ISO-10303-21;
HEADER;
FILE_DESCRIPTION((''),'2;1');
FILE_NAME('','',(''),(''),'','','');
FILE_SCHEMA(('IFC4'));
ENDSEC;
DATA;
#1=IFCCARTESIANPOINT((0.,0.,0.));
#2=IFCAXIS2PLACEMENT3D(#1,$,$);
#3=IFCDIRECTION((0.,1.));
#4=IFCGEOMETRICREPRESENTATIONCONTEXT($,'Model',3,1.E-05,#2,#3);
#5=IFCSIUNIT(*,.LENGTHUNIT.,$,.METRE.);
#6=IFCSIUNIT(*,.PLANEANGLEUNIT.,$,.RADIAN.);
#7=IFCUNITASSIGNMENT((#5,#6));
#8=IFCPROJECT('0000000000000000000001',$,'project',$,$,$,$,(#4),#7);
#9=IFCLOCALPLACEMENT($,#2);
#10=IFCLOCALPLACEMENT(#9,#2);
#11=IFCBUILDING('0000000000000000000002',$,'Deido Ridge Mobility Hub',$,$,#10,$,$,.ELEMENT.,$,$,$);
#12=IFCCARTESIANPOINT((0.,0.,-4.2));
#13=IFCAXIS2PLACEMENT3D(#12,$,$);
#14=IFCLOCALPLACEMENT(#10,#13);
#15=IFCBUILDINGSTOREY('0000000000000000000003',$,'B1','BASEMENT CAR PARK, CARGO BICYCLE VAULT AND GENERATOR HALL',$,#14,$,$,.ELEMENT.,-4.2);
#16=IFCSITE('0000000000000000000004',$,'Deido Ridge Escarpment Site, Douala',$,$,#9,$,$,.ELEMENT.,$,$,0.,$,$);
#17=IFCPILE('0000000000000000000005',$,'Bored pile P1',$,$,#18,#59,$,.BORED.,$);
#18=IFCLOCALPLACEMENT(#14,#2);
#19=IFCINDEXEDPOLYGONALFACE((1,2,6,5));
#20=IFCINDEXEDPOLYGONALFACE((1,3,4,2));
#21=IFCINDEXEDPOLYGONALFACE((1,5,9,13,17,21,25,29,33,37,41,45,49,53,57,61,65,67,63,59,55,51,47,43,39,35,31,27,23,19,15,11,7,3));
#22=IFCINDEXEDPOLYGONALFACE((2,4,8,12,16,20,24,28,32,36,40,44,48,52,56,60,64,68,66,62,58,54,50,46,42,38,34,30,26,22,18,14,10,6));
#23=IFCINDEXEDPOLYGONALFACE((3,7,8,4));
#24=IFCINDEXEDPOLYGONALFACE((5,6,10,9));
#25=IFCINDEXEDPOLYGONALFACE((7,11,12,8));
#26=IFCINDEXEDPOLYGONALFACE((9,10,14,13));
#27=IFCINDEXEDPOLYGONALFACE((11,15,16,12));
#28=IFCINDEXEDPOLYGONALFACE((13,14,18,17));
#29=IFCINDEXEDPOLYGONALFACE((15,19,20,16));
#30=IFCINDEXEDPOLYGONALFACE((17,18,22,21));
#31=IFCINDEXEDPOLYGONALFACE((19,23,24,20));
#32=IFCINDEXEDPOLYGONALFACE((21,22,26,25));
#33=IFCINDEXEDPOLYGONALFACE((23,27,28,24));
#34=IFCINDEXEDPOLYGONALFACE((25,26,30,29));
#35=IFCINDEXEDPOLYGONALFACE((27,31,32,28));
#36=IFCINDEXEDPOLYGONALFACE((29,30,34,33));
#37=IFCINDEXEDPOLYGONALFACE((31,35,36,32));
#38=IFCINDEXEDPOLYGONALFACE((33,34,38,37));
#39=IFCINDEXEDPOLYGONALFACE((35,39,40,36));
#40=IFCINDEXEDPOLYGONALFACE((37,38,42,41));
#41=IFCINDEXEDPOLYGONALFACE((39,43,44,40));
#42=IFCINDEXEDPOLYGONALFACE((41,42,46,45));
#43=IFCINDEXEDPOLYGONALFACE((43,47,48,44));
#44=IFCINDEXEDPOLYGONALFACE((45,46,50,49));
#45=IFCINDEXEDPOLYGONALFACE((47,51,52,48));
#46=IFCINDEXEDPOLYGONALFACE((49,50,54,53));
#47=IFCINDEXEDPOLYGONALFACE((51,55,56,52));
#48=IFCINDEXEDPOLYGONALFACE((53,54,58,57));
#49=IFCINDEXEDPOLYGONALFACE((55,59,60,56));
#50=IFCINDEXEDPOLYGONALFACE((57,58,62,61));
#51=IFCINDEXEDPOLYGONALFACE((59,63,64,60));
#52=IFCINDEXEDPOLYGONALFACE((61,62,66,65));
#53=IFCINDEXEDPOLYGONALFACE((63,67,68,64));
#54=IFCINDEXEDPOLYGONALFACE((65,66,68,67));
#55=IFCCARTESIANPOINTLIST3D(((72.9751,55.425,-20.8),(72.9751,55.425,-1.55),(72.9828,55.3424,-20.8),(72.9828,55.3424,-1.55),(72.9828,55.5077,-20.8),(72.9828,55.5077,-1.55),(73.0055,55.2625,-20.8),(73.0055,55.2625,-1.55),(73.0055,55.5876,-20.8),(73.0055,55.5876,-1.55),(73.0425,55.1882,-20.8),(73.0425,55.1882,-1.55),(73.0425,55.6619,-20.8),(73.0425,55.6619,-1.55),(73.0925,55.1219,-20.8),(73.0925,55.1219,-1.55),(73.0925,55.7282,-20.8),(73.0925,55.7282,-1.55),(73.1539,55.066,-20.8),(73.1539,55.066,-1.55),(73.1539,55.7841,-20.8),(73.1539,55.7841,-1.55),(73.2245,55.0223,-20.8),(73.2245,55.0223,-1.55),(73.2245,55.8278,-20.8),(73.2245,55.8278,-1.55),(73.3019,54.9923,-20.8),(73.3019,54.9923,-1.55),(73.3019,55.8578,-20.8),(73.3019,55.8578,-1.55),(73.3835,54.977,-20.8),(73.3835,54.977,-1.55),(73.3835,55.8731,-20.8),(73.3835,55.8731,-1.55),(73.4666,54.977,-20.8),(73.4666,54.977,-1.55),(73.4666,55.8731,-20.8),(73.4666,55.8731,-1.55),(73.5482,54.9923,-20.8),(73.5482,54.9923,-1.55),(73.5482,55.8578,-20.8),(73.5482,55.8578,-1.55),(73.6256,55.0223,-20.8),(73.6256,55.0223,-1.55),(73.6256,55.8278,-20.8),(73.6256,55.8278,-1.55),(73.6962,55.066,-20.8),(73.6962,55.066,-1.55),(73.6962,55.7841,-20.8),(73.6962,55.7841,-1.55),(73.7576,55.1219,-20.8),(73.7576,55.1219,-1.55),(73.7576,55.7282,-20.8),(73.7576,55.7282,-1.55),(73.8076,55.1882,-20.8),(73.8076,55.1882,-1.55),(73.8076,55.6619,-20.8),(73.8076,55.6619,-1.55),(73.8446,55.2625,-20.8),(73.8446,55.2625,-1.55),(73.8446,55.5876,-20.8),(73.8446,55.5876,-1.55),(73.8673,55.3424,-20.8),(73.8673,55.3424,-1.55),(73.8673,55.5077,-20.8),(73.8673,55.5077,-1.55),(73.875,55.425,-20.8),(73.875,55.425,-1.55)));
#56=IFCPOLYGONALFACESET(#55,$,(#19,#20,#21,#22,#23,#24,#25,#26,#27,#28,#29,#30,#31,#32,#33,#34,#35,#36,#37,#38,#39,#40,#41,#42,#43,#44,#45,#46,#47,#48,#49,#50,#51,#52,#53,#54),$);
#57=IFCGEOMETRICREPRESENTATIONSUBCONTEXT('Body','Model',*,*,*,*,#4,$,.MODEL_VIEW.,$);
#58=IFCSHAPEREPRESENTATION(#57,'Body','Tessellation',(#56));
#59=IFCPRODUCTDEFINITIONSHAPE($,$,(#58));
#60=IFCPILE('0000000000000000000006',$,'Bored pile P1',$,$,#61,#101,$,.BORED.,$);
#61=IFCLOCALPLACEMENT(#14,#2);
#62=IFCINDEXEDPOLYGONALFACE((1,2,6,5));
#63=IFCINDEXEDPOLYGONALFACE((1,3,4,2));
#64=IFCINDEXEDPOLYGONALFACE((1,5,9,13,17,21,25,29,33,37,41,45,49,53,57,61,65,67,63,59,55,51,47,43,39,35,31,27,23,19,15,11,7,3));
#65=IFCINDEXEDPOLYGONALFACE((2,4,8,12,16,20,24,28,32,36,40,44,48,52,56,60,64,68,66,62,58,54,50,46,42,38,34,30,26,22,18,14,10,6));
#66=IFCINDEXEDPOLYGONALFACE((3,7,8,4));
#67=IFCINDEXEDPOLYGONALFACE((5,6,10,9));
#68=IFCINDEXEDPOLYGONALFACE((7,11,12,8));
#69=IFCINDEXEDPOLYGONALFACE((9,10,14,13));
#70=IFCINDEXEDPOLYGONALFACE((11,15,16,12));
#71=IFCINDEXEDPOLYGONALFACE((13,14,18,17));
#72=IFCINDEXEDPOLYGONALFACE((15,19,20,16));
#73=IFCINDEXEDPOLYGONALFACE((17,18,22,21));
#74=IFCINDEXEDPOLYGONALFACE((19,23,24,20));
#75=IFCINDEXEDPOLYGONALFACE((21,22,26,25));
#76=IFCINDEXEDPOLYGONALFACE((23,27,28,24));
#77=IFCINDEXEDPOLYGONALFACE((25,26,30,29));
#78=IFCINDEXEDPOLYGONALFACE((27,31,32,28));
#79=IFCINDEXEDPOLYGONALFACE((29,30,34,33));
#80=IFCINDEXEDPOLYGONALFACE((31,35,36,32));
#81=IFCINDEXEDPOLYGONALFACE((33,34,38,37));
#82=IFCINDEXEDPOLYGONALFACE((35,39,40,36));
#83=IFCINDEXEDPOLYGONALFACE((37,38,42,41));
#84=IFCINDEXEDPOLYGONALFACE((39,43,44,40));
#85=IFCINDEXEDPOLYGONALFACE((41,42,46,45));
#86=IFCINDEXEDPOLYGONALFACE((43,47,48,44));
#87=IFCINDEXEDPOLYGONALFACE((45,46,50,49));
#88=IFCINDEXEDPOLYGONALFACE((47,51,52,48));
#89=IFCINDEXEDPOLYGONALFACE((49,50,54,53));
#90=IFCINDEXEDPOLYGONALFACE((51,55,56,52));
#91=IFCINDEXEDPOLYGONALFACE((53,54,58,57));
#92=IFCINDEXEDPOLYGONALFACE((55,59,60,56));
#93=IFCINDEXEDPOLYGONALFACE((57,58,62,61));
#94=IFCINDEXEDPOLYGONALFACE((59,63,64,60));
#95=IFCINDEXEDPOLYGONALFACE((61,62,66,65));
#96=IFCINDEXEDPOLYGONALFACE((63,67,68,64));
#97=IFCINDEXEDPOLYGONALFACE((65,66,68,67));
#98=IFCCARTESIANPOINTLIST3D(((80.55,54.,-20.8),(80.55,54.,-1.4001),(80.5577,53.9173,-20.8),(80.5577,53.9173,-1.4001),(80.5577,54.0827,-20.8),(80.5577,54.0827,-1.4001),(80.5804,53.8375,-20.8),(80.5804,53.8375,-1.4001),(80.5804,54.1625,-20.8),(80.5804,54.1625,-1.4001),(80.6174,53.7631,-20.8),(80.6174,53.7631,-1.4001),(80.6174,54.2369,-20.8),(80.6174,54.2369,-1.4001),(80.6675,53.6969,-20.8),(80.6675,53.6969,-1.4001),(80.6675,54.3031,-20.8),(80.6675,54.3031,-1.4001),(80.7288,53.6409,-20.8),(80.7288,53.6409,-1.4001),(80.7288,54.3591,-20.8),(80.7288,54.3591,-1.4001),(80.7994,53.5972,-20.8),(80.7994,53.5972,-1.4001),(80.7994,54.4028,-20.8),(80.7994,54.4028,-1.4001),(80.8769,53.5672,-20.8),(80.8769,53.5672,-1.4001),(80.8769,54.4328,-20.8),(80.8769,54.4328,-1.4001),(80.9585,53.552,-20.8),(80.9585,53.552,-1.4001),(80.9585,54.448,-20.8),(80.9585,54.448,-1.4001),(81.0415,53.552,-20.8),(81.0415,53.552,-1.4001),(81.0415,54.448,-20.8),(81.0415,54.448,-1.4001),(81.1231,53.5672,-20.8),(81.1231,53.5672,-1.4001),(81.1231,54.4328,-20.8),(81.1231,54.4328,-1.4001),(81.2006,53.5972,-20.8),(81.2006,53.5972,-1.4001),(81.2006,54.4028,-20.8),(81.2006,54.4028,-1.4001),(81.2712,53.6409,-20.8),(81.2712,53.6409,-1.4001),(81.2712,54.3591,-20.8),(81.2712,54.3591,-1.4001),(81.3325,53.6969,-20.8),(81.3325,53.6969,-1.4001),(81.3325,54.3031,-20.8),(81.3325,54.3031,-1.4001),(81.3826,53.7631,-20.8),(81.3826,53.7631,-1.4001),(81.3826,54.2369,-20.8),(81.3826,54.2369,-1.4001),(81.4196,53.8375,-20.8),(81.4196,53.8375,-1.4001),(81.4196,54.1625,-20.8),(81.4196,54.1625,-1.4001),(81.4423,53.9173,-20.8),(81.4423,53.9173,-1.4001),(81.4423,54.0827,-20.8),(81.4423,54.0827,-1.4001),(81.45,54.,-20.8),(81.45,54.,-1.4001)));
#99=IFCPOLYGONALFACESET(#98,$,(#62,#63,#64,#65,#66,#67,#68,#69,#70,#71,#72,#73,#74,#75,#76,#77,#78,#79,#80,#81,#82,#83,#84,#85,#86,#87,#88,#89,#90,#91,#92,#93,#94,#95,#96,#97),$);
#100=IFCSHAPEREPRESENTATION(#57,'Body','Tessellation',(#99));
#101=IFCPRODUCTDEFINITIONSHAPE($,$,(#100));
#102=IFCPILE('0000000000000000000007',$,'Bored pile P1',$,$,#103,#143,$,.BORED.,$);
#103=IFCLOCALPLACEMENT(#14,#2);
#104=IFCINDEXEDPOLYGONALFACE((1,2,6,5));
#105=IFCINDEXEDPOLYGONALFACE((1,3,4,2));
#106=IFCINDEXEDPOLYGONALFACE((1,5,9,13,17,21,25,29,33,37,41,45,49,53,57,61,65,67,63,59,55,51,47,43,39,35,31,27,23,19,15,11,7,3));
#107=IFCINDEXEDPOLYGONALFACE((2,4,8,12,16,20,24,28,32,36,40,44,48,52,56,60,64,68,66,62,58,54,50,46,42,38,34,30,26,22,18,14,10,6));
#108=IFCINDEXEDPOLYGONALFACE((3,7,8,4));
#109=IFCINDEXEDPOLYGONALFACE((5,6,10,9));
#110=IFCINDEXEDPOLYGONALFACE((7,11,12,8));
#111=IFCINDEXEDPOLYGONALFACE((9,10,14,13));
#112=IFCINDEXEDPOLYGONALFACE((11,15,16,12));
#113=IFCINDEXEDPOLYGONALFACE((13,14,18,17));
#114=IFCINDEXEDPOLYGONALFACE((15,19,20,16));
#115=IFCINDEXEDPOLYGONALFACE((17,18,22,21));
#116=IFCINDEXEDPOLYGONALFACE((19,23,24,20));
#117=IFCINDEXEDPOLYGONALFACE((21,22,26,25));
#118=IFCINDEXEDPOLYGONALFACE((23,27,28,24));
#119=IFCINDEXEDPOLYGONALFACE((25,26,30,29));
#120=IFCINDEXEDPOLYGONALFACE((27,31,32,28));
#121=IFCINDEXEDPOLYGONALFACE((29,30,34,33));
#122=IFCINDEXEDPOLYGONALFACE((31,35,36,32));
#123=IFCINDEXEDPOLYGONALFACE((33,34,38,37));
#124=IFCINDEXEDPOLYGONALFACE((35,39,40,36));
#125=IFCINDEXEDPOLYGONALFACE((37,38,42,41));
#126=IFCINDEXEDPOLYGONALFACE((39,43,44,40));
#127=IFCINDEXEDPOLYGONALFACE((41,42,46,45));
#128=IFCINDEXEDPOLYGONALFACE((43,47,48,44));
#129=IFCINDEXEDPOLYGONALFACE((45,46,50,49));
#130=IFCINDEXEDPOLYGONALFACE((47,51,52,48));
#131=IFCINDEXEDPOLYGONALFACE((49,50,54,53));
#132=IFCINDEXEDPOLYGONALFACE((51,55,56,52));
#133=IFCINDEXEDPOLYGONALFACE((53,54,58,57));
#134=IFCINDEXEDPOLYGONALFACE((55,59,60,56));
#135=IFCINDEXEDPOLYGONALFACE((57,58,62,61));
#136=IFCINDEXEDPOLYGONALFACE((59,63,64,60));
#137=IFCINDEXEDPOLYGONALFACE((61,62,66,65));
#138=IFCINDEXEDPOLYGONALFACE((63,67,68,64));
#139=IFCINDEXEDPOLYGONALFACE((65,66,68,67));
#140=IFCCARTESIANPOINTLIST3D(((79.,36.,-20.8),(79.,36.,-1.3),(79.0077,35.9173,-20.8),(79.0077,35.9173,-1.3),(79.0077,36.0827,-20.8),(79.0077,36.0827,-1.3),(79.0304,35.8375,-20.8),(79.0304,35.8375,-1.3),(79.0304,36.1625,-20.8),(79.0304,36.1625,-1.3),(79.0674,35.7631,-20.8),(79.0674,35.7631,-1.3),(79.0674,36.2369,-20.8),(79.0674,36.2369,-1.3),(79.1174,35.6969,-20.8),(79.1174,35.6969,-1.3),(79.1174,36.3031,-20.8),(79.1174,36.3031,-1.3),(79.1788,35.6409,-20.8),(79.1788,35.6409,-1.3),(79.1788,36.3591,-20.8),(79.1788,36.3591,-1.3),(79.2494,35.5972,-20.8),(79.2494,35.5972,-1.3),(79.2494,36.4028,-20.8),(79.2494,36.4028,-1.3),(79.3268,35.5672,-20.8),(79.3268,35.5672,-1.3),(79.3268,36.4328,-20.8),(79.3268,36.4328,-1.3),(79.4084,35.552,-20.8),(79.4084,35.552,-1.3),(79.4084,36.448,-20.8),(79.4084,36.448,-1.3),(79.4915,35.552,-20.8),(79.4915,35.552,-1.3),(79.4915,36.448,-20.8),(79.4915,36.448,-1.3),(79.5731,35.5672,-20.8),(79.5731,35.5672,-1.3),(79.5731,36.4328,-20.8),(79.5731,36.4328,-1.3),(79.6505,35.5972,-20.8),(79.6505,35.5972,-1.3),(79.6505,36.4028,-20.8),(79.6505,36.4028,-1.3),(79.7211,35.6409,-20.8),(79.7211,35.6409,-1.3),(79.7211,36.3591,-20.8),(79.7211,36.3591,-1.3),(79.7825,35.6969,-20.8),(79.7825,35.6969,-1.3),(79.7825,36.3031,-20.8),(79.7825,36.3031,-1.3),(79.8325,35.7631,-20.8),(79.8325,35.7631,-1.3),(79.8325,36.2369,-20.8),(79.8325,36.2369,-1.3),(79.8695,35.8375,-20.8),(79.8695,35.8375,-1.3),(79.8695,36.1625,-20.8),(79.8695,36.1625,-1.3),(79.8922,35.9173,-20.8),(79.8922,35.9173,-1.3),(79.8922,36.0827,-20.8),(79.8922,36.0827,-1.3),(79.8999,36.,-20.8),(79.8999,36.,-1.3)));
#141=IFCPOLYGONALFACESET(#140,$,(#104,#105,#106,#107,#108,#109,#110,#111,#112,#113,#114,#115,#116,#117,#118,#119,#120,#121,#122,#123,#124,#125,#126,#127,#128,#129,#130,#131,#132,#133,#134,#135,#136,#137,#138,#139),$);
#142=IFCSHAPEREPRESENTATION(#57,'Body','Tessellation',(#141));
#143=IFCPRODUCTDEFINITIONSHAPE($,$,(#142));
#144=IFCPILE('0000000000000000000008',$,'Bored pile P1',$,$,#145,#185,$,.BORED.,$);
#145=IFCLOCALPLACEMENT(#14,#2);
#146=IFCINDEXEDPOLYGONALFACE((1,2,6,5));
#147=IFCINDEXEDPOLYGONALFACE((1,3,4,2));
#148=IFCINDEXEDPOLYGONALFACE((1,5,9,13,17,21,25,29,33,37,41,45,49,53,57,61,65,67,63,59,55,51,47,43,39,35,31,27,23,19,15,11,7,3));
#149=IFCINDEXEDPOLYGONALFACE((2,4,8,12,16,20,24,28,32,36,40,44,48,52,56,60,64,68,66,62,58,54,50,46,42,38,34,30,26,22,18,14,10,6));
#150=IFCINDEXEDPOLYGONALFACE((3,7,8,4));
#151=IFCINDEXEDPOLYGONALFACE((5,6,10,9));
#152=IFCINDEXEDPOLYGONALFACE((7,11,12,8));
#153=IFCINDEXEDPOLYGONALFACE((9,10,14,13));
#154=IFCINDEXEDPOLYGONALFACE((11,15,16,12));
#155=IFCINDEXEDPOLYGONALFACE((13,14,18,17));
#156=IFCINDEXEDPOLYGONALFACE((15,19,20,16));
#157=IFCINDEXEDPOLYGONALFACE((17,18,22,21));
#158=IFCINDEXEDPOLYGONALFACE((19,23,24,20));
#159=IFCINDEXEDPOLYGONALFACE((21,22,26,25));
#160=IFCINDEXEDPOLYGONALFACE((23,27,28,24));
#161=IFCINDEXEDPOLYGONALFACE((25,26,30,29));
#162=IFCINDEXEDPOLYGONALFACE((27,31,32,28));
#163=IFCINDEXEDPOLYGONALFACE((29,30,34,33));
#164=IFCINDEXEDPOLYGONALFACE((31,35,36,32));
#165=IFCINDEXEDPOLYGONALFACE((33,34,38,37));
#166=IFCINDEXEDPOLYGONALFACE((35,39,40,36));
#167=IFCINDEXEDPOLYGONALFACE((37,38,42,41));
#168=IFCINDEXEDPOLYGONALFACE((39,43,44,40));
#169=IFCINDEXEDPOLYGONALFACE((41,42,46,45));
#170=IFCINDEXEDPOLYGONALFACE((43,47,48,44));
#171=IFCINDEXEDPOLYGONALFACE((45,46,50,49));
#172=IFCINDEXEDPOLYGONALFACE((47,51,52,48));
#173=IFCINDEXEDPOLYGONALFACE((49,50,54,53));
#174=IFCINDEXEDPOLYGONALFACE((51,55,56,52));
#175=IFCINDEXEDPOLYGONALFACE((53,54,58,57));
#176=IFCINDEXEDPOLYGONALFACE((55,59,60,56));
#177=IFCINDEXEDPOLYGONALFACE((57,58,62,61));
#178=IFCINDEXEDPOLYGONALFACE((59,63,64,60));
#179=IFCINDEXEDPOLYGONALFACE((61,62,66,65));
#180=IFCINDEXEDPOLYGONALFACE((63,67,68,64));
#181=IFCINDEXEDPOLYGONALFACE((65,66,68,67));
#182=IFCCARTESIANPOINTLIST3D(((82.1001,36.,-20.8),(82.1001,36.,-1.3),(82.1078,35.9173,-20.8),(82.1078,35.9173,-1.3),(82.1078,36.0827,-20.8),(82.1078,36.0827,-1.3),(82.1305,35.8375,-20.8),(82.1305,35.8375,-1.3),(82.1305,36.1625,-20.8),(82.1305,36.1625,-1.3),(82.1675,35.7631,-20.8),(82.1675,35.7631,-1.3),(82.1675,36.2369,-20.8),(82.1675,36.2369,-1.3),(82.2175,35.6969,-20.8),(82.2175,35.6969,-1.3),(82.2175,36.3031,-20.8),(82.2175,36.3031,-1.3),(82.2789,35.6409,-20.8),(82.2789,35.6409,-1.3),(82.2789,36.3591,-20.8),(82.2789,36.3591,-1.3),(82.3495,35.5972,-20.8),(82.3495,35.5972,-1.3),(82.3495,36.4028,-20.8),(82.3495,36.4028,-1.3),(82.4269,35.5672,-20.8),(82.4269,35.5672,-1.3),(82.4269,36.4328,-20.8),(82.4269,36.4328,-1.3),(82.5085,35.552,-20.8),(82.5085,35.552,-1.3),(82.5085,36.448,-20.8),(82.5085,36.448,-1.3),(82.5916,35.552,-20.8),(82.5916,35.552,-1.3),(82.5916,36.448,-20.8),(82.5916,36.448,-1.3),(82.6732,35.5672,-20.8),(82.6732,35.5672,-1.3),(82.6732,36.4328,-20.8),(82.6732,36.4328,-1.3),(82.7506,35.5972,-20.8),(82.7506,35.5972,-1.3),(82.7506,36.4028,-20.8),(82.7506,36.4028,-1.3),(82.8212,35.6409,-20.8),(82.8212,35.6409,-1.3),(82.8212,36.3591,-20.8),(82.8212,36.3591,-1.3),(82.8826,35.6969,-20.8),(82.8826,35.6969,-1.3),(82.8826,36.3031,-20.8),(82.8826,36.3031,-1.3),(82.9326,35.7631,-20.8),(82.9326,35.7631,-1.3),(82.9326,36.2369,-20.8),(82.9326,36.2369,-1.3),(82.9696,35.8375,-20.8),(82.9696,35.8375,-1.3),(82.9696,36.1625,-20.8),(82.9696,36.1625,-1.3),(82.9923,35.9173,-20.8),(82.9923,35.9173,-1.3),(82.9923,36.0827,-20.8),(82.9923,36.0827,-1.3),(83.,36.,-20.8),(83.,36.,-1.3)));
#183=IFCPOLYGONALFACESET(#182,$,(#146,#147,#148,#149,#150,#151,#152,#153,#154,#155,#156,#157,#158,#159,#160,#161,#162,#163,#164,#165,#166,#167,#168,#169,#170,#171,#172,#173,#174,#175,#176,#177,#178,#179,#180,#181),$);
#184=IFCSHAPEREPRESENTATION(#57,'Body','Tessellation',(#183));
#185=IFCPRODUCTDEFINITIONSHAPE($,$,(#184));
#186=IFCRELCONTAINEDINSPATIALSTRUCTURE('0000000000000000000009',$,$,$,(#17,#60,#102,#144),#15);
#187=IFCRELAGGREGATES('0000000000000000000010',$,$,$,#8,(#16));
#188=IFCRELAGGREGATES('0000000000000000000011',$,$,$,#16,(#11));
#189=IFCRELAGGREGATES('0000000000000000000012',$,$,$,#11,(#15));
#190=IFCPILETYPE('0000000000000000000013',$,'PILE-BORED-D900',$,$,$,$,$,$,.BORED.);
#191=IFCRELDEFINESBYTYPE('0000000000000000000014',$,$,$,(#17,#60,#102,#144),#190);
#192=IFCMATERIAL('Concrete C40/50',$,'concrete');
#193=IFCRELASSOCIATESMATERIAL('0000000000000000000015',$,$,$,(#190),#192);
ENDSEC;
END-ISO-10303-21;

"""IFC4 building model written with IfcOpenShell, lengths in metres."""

from ifc_helpers import new_model, si_unit, direction, frame, origin, origin_2d, place, context, subcontext, project, spatial, circle, extrude, material, material_profile, profile_set, type_object, element, save


model = new_model("IFC4")

# Units and contexts
model_context = context("Model", 3, precision=1e-05, world=origin(), true_north=direction((0.0, 1.0)))
body_context = subcontext(model_context, "Body", "Model", "MODEL_VIEW")
ifc_project = project(units=[si_unit("LENGTHUNIT", "METRE"), si_unit("PLANEANGLEUNIT", "RADIAN")], contexts=[model_context])

# Site, building, storey
site_placement = place(None, origin())
site = spatial("IfcSite", under=ifc_project, at=site_placement, Name="Deido Ridge Escarpment Site, Douala", CompositionType="ELEMENT", RefElevation=0.0)
building_placement = place(site_placement, origin())
building = spatial("IfcBuilding", under=site, at=building_placement, Name="Deido Ridge Mobility Hub", CompositionType="ELEMENT")
storey_placement = place(building_placement, frame((0.0, 0.0, -4.2)))
storey = spatial("IfcBuildingStorey", under=building, at=storey_placement, Name="B1", Description="BASEMENT CAR PARK, CARGO BICYCLE VAULT AND GENERATOR HALL", CompositionType="ELEMENT", Elevation=-4.2)

# Shared definitions
ifc_material_1 = material(Name="Concrete C40/50", Category="concrete")

# Piles
ifc_material_profile_1 = material_profile(ifc_material_1, circle(Radius=0.45, at=origin_2d()), Name="BORED PILE D900")
ifc_profile_set_1 = profile_set([ifc_material_profile_1], Name="Concrete C40/50")
pile_type_1 = type_object("IfcPileType", Name="PILE-BORED-D900", PredefinedType="BORED", material=ifc_profile_set_1)
for number, where, z_axis, x_axis, name in (
    (1, (73.425, 55.425, -1.55), (0.0, 0.0, -1.0), (1.0, 0.0, 0.0), "Bored pile P1"),
):
    element("IfcPile", number, at=place(storey_placement, frame(where, z_axis=z_axis, x_axis=x_axis)), inside=storey, type_object=pile_type_1, Name=name, PredefinedType="BORED", context=body_context, shape_type="SweptSolid", body=[
        extrude(circle(Radius=0.45, at=origin_2d()), origin(), (0.0, 0.0, 1.0), 19.25),
    ])
pile_placement = place(storey_placement, frame((81.0, 54.0, -1.4001), z_axis=(0.0, 0.0, -1.0), x_axis=(1.0, 0.0, 0.0)))
element("IfcPile", 2, at=pile_placement, inside=storey, type_object=pile_type_1, Name="Bored pile P1", PredefinedType="BORED", context=body_context, shape_type="SweptSolid", body=[
    extrude(circle(Radius=0.45, at=origin_2d()), origin(), (0.0, 0.0, 1.0), 19.3999),
])
for number, where, z_axis, x_axis, name in (
    (3, (79.45, 36.0, -1.3), (0.0, 0.0, -1.0), (1.0, 0.0, 0.0), "Bored pile P1"),
    (4, (82.55, 36.0, -1.3), (0.0, 0.0, -1.0), (1.0, 0.0, 0.0), "Bored pile P1"),
):
    element("IfcPile", number, at=place(storey_placement, frame(where, z_axis=z_axis, x_axis=x_axis)), inside=storey, type_object=pile_type_1, Name=name, PredefinedType="BORED", context=body_context, shape_type="SweptSolid", body=[
        extrude(circle(Radius=0.45, at=origin_2d()), origin(), (0.0, 0.0, 1.0), 19.5),
    ])

save(model, "model.ifc")
